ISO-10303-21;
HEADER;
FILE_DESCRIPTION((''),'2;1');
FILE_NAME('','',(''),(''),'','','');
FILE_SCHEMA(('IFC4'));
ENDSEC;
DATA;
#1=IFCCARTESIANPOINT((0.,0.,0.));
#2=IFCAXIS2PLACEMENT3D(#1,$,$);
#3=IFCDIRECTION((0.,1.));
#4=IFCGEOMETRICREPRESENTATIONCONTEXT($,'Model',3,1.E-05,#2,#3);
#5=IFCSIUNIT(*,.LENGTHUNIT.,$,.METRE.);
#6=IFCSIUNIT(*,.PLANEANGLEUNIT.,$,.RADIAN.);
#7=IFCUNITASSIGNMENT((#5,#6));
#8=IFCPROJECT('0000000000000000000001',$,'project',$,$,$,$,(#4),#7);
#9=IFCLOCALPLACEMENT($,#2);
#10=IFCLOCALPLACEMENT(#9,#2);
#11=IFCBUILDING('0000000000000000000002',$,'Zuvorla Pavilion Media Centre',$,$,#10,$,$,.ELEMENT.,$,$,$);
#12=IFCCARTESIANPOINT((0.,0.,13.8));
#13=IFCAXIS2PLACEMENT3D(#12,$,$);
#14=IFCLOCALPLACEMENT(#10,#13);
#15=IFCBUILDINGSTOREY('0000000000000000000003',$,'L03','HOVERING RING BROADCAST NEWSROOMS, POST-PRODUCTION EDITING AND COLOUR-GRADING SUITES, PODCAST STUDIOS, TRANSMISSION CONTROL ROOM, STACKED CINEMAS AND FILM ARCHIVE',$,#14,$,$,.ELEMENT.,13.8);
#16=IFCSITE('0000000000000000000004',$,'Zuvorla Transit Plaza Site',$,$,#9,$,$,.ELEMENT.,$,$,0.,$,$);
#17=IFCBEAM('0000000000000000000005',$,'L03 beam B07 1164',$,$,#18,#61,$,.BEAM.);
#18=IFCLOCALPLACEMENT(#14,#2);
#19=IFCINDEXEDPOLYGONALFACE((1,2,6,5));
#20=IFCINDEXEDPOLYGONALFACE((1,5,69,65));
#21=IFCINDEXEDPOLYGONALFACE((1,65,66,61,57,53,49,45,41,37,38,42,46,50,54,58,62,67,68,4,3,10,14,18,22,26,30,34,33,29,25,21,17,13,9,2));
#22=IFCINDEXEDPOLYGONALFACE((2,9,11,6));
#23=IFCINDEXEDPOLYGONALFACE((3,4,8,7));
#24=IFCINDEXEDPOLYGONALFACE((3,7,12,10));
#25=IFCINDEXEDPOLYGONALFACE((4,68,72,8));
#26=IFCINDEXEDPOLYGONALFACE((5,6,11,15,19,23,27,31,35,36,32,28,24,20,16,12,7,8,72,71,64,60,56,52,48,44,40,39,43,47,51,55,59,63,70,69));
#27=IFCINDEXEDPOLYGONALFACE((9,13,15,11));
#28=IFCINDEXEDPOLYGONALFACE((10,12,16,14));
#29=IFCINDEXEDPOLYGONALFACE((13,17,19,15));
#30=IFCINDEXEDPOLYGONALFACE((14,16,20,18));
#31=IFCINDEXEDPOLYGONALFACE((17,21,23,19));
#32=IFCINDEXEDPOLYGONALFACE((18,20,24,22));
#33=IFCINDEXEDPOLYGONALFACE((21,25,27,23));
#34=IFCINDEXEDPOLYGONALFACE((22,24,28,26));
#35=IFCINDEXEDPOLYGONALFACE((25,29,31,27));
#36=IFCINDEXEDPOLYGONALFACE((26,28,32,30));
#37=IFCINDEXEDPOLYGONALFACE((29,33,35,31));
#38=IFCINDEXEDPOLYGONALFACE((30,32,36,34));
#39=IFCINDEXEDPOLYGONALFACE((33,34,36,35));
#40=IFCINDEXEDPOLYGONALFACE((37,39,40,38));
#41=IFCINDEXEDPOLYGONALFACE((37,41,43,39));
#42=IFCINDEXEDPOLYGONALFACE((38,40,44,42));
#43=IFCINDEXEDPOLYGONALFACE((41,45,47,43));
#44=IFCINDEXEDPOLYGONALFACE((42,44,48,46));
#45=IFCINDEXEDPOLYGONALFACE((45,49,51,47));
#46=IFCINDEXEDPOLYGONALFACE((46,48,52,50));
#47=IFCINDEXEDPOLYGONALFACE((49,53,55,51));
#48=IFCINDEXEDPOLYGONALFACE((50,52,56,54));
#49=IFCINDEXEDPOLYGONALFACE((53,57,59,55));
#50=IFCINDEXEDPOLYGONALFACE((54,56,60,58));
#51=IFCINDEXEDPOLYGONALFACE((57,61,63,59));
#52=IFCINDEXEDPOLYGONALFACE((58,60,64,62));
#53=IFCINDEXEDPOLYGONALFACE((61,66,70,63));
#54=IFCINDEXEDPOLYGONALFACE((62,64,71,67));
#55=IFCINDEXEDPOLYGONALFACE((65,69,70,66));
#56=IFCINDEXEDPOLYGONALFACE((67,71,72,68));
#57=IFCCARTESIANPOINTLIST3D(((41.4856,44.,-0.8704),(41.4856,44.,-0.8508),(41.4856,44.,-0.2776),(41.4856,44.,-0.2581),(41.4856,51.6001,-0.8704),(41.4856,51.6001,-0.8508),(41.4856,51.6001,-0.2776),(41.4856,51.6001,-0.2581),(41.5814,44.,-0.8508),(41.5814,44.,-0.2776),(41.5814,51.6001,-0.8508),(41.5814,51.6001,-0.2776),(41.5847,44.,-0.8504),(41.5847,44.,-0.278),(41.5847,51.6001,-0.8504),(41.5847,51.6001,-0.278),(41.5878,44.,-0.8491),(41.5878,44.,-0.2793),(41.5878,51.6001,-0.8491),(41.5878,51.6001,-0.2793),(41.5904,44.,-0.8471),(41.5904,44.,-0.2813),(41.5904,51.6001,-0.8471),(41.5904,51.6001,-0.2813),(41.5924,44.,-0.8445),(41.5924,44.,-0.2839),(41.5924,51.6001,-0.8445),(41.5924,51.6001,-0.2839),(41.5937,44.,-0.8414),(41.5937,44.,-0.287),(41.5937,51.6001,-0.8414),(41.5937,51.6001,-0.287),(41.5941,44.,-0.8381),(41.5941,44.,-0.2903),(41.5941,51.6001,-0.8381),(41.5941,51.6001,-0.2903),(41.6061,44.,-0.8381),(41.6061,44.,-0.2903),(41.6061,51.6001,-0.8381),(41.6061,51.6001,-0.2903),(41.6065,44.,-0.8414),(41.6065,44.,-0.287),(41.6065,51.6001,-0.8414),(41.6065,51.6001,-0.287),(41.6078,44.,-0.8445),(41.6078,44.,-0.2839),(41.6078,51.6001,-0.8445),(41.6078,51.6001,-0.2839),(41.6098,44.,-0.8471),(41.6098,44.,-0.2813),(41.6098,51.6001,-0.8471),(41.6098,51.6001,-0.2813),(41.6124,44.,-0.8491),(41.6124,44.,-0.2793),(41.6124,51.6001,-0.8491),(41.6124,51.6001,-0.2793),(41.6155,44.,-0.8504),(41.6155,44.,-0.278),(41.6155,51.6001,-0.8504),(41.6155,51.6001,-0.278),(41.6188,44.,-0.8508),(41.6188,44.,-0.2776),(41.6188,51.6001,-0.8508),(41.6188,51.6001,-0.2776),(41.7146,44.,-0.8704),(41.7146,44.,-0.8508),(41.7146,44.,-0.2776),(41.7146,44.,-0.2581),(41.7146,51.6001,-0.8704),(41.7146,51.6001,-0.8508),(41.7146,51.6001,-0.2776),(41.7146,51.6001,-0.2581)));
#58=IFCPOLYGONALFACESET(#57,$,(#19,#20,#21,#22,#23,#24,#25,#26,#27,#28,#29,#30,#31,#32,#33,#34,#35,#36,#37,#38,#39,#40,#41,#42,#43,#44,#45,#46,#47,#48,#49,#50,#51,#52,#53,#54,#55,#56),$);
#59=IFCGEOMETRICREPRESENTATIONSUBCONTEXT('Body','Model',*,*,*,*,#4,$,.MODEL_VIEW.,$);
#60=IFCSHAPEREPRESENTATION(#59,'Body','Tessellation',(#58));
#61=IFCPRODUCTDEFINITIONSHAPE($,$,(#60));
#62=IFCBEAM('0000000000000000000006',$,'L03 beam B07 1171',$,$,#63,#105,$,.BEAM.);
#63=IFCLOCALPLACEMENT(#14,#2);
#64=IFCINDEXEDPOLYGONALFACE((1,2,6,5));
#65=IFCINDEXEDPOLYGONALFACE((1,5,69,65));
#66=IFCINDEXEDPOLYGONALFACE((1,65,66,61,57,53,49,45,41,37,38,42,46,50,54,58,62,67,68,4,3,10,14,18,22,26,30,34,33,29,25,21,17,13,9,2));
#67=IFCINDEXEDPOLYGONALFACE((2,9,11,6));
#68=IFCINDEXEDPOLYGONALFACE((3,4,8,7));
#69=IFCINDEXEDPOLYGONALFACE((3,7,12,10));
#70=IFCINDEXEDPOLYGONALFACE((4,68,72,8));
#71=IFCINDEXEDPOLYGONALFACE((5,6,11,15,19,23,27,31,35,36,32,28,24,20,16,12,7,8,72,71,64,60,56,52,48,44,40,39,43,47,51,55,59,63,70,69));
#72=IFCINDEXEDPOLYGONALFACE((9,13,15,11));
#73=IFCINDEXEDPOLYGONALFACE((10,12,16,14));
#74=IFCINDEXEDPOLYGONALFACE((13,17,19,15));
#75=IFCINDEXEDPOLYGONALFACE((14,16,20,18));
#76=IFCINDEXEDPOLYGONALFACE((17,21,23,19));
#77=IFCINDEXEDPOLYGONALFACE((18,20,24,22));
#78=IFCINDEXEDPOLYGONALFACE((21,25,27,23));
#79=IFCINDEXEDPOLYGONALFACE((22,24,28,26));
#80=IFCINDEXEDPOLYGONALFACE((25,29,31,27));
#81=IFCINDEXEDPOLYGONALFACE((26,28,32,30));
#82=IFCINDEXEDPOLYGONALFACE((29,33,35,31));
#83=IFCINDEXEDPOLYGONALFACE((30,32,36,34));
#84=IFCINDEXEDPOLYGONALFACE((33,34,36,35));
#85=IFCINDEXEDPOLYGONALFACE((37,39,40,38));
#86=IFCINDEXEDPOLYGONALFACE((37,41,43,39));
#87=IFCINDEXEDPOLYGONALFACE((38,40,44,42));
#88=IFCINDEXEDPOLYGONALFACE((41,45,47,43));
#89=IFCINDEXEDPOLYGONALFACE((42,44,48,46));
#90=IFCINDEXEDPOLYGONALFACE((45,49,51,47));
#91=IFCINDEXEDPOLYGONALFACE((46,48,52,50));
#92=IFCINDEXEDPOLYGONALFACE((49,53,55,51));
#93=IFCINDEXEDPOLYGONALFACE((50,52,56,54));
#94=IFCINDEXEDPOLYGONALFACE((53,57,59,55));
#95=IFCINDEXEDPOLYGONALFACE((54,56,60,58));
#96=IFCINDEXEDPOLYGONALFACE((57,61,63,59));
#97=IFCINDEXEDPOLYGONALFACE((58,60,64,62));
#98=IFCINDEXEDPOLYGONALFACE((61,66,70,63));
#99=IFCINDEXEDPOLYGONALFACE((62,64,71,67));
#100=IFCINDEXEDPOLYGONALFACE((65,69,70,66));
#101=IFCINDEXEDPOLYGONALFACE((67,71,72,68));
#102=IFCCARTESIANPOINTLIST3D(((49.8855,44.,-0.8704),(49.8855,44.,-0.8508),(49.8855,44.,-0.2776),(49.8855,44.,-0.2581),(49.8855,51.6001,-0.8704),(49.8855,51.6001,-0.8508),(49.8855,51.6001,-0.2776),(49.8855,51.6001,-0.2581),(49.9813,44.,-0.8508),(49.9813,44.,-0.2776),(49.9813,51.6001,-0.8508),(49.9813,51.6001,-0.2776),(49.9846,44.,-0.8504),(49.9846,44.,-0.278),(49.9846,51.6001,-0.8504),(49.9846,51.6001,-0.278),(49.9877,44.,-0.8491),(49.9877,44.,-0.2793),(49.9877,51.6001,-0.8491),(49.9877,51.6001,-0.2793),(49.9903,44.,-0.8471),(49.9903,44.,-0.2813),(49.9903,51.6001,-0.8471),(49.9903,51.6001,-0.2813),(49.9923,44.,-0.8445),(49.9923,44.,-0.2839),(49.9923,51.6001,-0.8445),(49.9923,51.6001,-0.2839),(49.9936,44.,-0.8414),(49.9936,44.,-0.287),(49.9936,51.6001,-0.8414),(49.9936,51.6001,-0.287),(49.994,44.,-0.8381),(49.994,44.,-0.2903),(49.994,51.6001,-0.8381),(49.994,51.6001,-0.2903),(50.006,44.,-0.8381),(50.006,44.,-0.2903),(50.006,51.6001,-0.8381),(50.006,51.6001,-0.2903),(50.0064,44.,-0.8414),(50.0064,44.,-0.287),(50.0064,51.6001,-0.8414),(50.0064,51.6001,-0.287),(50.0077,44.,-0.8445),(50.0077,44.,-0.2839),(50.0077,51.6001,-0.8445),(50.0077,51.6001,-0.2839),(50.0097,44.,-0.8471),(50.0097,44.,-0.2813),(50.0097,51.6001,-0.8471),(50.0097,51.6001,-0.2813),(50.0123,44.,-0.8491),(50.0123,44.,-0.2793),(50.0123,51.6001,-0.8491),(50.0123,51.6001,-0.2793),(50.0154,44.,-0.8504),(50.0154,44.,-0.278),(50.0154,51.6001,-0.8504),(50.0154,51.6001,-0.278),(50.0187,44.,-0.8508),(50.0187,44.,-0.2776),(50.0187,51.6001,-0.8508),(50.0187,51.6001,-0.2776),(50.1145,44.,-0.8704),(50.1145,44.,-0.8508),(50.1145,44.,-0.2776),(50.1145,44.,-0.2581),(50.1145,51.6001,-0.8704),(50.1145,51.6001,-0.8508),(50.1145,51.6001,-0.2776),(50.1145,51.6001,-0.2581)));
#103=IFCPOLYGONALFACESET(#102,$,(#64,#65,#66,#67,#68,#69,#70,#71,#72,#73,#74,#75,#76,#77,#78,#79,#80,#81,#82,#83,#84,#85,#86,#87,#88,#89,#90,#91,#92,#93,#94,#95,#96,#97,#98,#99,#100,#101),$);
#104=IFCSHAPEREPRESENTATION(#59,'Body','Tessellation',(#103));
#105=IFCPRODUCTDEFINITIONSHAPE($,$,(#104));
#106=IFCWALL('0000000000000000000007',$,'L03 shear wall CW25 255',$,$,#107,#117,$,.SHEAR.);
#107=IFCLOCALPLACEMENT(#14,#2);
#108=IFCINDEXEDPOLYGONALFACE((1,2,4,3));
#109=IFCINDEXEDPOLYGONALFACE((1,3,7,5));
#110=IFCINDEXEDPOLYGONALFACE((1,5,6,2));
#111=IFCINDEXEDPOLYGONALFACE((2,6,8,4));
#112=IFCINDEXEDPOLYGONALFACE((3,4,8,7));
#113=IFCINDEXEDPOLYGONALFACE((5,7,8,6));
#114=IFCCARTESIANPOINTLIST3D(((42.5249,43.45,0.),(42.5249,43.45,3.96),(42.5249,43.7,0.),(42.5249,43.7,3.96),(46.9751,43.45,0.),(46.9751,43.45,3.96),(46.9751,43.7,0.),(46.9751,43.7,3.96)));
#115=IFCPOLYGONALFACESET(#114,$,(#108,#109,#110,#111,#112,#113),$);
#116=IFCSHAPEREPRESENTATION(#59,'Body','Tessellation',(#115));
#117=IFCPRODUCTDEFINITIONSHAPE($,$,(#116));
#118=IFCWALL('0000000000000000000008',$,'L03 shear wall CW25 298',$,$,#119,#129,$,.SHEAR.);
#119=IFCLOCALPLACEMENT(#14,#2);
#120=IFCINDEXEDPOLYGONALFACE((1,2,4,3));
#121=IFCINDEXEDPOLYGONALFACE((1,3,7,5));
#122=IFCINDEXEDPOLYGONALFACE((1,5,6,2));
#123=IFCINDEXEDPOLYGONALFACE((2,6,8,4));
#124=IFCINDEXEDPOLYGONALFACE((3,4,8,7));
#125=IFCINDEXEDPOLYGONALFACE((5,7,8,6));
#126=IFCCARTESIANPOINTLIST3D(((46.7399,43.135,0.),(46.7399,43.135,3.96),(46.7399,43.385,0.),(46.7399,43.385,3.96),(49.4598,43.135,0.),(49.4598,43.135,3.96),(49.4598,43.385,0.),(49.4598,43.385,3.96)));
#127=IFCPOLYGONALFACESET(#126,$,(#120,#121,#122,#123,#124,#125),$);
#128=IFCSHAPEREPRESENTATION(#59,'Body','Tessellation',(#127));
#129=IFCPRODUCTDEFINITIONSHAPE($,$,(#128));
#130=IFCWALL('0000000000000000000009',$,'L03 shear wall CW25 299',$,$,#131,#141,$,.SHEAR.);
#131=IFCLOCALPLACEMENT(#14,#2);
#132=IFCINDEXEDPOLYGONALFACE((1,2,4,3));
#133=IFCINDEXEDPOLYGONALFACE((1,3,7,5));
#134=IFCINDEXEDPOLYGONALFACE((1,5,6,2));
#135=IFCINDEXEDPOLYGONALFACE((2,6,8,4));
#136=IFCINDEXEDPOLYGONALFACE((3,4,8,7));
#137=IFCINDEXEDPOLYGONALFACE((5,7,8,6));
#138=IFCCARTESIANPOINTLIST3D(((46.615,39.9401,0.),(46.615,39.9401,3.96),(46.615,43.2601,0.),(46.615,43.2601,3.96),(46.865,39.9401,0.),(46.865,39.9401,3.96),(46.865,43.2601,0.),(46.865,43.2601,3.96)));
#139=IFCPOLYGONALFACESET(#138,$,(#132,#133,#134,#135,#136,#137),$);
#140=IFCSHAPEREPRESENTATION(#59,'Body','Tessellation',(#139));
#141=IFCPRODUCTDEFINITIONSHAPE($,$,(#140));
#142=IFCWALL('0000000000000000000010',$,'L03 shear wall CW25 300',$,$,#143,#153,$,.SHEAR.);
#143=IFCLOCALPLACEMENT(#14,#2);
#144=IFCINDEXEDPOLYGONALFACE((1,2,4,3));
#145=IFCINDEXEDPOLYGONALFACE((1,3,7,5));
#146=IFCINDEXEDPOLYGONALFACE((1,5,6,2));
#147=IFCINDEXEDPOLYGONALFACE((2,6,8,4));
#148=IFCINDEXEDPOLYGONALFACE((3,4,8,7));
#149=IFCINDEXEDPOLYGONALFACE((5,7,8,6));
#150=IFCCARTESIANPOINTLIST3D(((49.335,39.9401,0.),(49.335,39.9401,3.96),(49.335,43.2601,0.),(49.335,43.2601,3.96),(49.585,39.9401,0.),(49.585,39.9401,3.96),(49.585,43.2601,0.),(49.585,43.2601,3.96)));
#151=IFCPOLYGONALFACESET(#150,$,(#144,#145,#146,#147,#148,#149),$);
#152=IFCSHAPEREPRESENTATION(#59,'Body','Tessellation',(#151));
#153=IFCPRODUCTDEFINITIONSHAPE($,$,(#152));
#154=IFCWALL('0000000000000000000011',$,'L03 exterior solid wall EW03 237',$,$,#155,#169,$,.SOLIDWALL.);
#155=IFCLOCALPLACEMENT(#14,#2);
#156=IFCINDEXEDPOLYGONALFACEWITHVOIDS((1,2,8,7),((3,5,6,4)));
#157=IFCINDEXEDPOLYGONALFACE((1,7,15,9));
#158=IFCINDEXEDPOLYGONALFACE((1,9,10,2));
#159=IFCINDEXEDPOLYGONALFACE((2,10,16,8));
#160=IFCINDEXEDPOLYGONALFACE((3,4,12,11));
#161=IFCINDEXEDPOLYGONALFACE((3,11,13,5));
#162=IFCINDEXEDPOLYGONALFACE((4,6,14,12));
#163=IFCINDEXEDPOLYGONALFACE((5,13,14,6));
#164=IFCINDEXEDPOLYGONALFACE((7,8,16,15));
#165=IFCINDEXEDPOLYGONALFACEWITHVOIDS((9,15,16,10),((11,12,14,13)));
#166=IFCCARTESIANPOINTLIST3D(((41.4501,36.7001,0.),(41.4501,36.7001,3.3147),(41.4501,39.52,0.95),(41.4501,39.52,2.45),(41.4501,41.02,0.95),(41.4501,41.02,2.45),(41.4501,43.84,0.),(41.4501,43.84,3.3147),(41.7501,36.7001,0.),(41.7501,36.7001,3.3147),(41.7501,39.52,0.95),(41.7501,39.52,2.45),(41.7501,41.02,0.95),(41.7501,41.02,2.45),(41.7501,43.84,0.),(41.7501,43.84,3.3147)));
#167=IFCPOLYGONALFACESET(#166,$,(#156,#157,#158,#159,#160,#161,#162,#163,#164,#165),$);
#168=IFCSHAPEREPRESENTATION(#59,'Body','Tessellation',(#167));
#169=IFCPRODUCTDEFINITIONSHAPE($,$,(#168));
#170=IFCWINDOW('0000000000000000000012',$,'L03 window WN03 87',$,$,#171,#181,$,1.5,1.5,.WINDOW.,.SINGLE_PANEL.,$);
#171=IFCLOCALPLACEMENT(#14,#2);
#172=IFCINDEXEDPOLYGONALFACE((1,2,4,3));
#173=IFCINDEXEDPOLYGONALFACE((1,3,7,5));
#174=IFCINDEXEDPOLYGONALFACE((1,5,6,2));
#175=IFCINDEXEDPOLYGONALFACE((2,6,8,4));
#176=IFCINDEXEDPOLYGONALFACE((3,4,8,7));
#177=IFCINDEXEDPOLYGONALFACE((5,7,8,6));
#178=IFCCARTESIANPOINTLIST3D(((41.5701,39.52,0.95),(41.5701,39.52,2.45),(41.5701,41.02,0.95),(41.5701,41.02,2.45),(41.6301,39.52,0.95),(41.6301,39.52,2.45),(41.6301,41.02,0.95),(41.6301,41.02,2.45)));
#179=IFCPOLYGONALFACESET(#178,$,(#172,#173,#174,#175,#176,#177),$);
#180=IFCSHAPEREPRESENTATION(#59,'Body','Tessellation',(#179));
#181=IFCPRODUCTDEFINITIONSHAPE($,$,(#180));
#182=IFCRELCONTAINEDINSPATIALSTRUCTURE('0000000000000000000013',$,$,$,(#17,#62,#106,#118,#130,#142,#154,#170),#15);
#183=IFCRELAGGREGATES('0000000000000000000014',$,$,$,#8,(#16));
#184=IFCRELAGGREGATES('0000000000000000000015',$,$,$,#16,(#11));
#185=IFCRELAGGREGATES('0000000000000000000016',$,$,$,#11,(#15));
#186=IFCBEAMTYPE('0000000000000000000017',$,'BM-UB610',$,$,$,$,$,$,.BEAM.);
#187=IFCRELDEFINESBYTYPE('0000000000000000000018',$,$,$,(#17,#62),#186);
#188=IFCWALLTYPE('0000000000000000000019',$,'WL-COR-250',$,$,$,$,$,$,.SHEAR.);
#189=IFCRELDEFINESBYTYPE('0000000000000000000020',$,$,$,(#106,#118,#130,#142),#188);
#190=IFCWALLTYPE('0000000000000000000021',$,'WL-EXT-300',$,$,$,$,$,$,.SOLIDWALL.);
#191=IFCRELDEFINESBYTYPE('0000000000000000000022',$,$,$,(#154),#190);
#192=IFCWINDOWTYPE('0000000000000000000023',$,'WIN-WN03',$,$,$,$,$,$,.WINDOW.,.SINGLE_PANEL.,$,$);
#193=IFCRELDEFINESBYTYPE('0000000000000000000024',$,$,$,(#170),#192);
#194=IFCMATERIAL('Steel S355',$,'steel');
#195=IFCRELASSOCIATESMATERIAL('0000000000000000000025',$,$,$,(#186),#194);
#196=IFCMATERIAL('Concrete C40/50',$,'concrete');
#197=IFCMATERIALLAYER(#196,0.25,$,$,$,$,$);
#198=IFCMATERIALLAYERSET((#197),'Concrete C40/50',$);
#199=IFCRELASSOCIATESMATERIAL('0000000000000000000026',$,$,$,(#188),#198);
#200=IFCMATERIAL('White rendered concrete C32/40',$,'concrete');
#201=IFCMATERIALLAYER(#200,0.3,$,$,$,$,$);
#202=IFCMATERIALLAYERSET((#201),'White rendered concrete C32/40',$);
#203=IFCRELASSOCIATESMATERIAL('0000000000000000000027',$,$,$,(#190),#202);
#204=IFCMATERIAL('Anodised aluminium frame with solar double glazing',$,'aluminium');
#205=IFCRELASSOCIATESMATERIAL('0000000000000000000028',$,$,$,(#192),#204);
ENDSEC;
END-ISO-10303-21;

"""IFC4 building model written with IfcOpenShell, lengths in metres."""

from ifc_helpers import new_model, si_unit, direction, frame, frame_2d, origin, origin_2d, place, context, subcontext, project, spatial, rectangle, i_section, extrude, material, layer, layer_set, material_profile, profile_set, type_object, element, fill, save


model = new_model("IFC4")

# Units and contexts
model_context = context("Model", 3, precision=1e-05, world=origin(), true_north=direction((0.0, 1.0)))
body_context = subcontext(model_context, "Body", "Model", "MODEL_VIEW")
ifc_project = project(units=[si_unit("LENGTHUNIT", "METRE"), si_unit("PLANEANGLEUNIT", "RADIAN")], contexts=[model_context])

# Site, building, storey
site_placement = place(None, origin())
site = spatial("IfcSite", under=ifc_project, at=site_placement, Name="Zuvorla Transit Plaza Site", CompositionType="ELEMENT", RefElevation=0.0)
building_placement = place(site_placement, origin())
building = spatial("IfcBuilding", under=site, at=building_placement, Name="Zuvorla Pavilion Media Centre", CompositionType="ELEMENT")
storey_placement = place(building_placement, frame((0.0, 0.0, 13.8)))
storey = spatial("IfcBuildingStorey", under=building, at=storey_placement, Name="L03", Description="HOVERING RING BROADCAST NEWSROOMS, POST-PRODUCTION EDITING AND COLOUR-GRADING SUITES, PODCAST STUDIOS, TRANSMISSION CONTROL ROOM, STACKED CINEMAS AND FILM ARCHIVE", CompositionType="ELEMENT", Elevation=13.8)

# Shared definitions
ifc_material_1 = material(Name="Steel S355", Category="steel")

# Beams
ifc_material_profile_1 = material_profile(ifc_material_1, i_section(OverallWidth=0.229, OverallDepth=0.6123, WebThickness=0.012, FlangeThickness=0.0195, FilletRadius=0.0127, at=origin_2d()), Name="UB 610x229x125")
ifc_profile_set_1 = profile_set([ifc_material_profile_1], Name="Steel S355")
beam_type = type_object("IfcBeamType", Name="BM-UB610", PredefinedType="BEAM", material=ifc_profile_set_1)
for number, where, z_axis, x_axis, name in (
    (1, (41.6001, 44.0, -0.5642), (0.0, 1.0, 0.0), (-1.0, 0.0, 0.0), "L03 beam B07 1164"),
    (2, (50.0, 44.0, -0.5642), (0.0, 1.0, 0.0), (-1.0, 0.0, 0.0), "L03 beam B07 1171"),
):
    element("IfcBeam", number, at=place(storey_placement, frame(where, z_axis=z_axis, x_axis=x_axis)), inside=storey, type_object=beam_type, Name=name, PredefinedType="BEAM", context=body_context, shape_type="SweptSolid", body=[
        extrude(i_section(OverallWidth=0.229, OverallDepth=0.6123, WebThickness=0.012, FlangeThickness=0.0195, FilletRadius=0.0127, at=origin_2d()), origin(), (0.0, 0.0, 1.0), 7.6001),
    ])

# Walls
ifc_material_2 = material(Name="Concrete C40/50", Category="concrete")
ifc_layer_1 = layer(ifc_material_2, 0.25)
ifc_layer_set_1 = layer_set([ifc_layer_1], Name="Concrete C40/50")
wall_type_1 = type_object("IfcWallType", Name="WL-COR-250", PredefinedType="SHEAR", material=ifc_layer_set_1)
wall_1_placement = place(storey_placement, frame((42.5249, 43.575, 0.0), z_axis=(0.0, 0.0, 1.0), x_axis=(1.0, 0.0, 0.0)))
element("IfcWall", 3, at=wall_1_placement, inside=storey, type_object=wall_type_1, Name="L03 shear wall CW25 255", PredefinedType="SHEAR", context=body_context, shape_type="SweptSolid", body=[
    extrude(rectangle(XDim=4.4502, YDim=0.25, at=frame_2d((2.2251, 0.0))), origin(), (0.0, 0.0, 1.0), 3.96),
])
wall_2_placement = place(storey_placement, frame((46.74, 43.26, 0.0), z_axis=(0.0, 0.0, 1.0), x_axis=(1.0, 0.0, 0.0)))
element("IfcWall", 4, at=wall_2_placement, inside=storey, type_object=wall_type_1, Name="L03 shear wall CW25 298", PredefinedType="SHEAR", context=body_context, shape_type="SweptSolid", body=[
    extrude(rectangle(XDim=2.72, YDim=0.25, at=frame_2d((1.3599, 0.0))), origin(), (0.0, 0.0, 1.0), 3.96),
])
for number, where, z_axis, x_axis, name in (
    (5, (46.74, 39.9399, 0.0), (0.0, 0.0, 1.0), (0.0, 1.0, 0.0), "L03 shear wall CW25 299"),
    (6, (49.46, 39.9399, 0.0), (0.0, 0.0, 1.0), (0.0, 1.0, 0.0), "L03 shear wall CW25 300"),
):
    element("IfcWall", number, at=place(storey_placement, frame(where, z_axis=z_axis, x_axis=x_axis)), inside=storey, type_object=wall_type_1, Name=name, PredefinedType="SHEAR", context=body_context, shape_type="SweptSolid", body=[
        extrude(rectangle(XDim=3.3201, YDim=0.25, at=frame_2d((1.6602, 0.0))), origin(), (0.0, 0.0, 1.0), 3.96),
    ])

# Wall, opening, window
ifc_material_3 = material(Name="White rendered concrete C32/40", Category="concrete")
ifc_layer_2 = layer(ifc_material_3, 0.3)
ifc_layer_set_2 = layer_set([ifc_layer_2], Name="White rendered concrete C32/40")
wall_type_2 = type_object("IfcWallType", Name="WL-EXT-300", PredefinedType="SOLIDWALL", material=ifc_layer_set_2)
wall_3_placement = place(storey_placement, frame((41.6001, 43.8398, 0.0), z_axis=(0.0, 0.0, 1.0), x_axis=(0.0, -1.0, 0.0)))
wall_3 = element("IfcWall", 7, at=wall_3_placement, inside=storey, type_object=wall_type_2, Name="L03 exterior solid wall EW03 237", PredefinedType="SOLIDWALL", context=body_context, shape_type="SweptSolid", body=[
    extrude(rectangle(XDim=7.1399, YDim=0.3, at=frame_2d((3.5698, 0.0))), origin(), (0.0, 0.0, 1.0), 3.3147),
])
opening_placement = place(wall_3_placement, frame((2.8198, 0.0, 0.95)))
opening = element("IfcOpeningElement", 8, at=opening_placement, cuts=wall_3, PredefinedType="OPENING", context=body_context, shape_type="SweptSolid", body=[
    extrude(rectangle(XDim=1.5, YDim=1.5, at=frame_2d((0.75, 0.75))), frame((0.0, 0.1599, 0.0), z_axis=(0.0, -1.0, 0.0), x_axis=(1.0, 0.0, 0.0)), (0.0, 0.0, 1.0), 0.3201),
])
ifc_material_4 = material(Name="Anodised aluminium frame with solar double glazing", Category="aluminium")
window_type = type_object("IfcWindowType", Name="WIN-WN03", PartitioningType="SINGLE_PANEL", PredefinedType="WINDOW", material=ifc_material_4)
window_placement = place(opening_placement, origin())
window = element("IfcWindow", 9, at=window_placement, inside=storey, type_object=window_type, Name="L03 window WN03 87", OverallHeight=1.5, OverallWidth=1.5, PartitioningType="SINGLE_PANEL", PredefinedType="WINDOW", context=body_context, shape_type="SweptSolid", body=[
    extrude(rectangle(XDim=1.5, YDim=1.5, at=frame_2d((0.75, 0.75))), frame((0.0, 0.03, 0.0), z_axis=(0.0, -1.0, 0.0), x_axis=(1.0, 0.0, 0.0)), (0.0, 0.0, 1.0), 0.0601),
])
fill(opening, window)

save(model, "model.ifc")
